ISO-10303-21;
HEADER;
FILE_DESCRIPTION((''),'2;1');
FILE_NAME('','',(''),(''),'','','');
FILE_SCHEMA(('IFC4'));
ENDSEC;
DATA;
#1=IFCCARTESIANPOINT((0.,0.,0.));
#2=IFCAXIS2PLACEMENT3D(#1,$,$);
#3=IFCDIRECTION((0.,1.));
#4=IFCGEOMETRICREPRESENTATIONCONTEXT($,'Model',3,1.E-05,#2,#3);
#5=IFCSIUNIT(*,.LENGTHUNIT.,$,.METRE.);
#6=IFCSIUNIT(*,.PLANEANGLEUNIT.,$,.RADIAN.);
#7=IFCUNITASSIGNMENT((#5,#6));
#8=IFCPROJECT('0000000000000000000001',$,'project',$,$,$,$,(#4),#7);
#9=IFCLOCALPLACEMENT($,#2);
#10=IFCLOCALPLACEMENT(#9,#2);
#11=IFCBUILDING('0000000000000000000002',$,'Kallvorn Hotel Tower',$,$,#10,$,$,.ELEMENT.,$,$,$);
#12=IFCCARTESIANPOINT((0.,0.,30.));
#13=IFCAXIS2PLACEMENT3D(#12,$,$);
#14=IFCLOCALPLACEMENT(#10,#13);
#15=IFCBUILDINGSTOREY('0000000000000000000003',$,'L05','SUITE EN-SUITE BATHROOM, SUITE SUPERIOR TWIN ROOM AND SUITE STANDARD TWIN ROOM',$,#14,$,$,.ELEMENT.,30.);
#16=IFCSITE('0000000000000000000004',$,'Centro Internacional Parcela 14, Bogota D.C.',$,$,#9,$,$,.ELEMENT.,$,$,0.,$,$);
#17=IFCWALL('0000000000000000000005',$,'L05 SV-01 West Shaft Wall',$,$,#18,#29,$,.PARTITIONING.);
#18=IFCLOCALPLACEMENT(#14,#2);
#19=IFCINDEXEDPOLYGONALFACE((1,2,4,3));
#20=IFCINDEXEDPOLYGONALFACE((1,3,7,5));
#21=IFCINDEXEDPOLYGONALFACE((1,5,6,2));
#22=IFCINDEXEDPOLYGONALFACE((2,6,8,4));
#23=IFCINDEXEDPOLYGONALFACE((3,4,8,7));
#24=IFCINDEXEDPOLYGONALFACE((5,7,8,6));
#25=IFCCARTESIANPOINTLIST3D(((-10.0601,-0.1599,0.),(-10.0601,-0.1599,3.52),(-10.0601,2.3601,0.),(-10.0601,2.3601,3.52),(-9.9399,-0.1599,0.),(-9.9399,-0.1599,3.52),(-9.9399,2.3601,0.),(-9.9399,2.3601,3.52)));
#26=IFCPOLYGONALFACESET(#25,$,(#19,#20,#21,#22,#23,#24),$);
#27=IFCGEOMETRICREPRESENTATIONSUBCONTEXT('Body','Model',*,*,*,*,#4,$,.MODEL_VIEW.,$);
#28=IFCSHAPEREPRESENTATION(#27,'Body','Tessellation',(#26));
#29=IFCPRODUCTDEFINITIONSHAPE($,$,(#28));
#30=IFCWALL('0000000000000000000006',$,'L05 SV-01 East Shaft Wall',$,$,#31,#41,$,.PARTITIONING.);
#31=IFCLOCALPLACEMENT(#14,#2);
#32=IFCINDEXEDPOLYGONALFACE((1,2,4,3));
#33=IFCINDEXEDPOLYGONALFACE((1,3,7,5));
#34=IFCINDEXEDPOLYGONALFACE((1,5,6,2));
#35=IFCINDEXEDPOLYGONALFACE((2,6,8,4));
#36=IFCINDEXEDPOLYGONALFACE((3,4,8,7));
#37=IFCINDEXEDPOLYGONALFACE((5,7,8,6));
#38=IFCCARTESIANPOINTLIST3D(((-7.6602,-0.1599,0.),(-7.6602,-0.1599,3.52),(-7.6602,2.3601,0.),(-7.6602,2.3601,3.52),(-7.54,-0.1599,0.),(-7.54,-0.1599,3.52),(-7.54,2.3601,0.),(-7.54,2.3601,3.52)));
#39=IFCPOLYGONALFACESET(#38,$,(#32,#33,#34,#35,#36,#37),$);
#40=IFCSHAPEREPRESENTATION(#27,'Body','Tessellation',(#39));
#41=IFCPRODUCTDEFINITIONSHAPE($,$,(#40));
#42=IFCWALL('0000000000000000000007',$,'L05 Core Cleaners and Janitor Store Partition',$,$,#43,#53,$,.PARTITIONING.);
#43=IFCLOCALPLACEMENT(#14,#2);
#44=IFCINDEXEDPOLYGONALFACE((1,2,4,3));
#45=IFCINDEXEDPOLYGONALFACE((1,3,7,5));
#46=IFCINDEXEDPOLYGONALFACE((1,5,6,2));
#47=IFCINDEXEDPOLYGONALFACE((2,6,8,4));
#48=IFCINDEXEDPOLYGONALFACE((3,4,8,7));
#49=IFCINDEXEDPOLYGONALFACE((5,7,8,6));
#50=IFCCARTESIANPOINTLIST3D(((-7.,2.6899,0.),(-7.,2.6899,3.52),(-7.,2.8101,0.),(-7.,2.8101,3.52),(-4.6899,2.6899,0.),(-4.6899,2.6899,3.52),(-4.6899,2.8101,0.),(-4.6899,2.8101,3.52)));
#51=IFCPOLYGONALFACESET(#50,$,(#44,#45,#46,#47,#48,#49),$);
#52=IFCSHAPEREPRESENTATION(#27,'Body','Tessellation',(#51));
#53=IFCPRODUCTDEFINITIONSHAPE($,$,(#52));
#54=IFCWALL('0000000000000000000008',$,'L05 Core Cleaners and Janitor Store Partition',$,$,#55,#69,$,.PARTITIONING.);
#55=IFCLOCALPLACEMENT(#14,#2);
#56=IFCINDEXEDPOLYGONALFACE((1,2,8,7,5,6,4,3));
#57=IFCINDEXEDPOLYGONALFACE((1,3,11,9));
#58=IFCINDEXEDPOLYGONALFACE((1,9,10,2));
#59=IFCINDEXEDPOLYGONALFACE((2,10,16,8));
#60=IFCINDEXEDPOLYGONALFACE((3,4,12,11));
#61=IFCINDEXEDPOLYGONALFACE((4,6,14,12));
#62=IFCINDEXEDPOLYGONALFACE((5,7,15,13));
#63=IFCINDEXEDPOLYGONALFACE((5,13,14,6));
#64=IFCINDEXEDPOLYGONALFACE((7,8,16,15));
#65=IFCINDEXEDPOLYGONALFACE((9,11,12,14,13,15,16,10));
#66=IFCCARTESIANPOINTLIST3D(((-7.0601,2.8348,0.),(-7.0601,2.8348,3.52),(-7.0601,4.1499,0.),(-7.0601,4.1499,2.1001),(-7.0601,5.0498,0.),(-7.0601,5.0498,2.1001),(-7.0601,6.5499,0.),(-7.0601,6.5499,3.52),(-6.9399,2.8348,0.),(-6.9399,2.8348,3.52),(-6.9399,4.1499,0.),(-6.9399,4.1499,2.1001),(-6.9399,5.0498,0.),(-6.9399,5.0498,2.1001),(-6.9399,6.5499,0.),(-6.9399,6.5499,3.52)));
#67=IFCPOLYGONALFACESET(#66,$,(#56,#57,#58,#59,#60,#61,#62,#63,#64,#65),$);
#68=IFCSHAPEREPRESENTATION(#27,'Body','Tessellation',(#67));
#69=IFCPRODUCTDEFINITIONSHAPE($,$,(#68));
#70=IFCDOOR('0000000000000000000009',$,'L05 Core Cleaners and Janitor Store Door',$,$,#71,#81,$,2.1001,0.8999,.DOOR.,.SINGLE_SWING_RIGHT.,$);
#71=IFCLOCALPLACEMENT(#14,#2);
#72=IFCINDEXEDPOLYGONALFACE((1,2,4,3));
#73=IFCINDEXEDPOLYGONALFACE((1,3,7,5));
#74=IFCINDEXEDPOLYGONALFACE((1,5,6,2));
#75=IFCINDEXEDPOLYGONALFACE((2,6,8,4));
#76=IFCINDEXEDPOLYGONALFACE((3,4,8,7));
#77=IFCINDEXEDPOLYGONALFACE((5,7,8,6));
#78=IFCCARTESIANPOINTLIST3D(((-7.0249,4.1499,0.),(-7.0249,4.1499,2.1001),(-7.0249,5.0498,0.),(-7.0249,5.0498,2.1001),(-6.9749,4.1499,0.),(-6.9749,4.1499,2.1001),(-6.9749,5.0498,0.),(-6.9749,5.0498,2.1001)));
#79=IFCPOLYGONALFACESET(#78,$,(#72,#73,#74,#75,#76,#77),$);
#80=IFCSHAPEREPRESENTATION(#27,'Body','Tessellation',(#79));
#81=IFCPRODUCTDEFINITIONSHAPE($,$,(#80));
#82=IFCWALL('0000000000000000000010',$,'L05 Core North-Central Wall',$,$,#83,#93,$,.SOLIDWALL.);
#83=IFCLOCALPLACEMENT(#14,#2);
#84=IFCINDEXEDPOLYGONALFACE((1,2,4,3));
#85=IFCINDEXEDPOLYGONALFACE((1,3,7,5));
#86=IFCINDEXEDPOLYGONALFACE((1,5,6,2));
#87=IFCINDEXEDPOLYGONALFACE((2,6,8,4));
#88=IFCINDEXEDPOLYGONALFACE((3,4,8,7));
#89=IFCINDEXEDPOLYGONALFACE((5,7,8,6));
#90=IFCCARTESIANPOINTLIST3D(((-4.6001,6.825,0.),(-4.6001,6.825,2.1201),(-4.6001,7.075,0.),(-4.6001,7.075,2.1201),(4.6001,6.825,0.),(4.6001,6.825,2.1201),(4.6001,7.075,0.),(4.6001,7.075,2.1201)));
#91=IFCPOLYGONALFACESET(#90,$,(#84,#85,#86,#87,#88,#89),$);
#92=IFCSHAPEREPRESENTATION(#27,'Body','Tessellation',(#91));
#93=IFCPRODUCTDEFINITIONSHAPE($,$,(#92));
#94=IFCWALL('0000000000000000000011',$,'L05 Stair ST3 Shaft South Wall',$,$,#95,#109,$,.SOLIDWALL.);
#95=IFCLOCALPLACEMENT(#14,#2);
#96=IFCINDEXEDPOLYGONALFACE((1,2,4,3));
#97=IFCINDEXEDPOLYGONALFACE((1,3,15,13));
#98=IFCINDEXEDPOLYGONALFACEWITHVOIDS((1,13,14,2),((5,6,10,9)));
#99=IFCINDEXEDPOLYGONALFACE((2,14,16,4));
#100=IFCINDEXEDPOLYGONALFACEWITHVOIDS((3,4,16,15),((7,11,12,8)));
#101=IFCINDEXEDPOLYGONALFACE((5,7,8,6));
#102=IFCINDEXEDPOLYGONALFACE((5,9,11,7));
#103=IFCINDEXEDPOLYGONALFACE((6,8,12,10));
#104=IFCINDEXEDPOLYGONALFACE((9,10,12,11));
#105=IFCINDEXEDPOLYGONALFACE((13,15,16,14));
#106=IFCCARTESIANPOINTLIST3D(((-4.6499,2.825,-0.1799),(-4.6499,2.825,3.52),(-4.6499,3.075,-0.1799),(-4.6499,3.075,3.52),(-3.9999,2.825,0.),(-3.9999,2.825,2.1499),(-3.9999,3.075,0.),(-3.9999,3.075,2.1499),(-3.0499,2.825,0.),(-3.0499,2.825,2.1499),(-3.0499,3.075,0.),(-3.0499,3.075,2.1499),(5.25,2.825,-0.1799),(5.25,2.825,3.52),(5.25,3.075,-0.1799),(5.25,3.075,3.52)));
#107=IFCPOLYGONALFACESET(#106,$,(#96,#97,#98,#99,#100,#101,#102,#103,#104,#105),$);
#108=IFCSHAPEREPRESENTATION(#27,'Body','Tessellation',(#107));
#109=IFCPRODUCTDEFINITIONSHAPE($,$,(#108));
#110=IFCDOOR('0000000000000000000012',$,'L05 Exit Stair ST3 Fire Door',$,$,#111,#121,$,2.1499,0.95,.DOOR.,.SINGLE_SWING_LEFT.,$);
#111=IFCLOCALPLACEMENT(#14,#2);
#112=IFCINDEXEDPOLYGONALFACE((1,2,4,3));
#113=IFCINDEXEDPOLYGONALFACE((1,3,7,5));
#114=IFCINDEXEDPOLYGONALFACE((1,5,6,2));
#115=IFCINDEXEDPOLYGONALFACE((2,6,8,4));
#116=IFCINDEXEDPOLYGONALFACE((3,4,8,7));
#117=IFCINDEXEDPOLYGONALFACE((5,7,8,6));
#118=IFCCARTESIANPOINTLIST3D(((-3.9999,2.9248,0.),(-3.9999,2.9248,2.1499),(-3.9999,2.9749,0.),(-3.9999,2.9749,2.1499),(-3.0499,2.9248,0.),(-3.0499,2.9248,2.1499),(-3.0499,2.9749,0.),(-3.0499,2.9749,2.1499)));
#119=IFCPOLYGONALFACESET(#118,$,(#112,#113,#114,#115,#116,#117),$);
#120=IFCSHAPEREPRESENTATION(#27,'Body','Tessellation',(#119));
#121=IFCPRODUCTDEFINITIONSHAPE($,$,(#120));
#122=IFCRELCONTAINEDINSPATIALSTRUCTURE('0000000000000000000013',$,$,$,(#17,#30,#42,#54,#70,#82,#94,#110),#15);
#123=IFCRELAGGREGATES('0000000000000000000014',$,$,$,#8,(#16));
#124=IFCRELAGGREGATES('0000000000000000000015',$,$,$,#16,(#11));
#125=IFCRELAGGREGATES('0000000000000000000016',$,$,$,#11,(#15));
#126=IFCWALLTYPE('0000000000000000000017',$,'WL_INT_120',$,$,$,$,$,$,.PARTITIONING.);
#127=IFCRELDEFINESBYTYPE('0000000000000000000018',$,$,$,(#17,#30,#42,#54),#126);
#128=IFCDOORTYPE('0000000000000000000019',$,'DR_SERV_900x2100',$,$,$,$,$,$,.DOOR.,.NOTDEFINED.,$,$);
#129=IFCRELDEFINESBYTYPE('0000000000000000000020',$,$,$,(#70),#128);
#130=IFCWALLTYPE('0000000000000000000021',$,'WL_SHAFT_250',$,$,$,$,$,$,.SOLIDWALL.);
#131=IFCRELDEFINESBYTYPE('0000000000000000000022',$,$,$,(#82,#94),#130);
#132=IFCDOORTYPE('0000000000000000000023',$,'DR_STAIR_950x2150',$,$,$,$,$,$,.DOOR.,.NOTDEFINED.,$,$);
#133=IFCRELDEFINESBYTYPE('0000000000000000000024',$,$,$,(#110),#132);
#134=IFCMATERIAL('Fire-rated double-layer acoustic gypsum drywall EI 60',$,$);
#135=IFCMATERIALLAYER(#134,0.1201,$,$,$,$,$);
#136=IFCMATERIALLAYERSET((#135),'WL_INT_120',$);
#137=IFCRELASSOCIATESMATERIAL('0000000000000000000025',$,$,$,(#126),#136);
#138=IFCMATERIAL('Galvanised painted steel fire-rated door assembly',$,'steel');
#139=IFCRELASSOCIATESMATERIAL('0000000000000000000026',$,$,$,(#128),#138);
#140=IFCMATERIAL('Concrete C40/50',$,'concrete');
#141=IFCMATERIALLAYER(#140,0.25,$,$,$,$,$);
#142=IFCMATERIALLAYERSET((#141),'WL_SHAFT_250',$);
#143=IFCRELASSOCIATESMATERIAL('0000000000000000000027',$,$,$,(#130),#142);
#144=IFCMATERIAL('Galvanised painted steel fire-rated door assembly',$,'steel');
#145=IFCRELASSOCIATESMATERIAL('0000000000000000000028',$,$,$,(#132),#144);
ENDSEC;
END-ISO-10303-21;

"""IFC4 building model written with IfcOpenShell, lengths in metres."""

from ifc_helpers import new_model, si_unit, direction, frame, frame_2d, origin, place, context, subcontext, project, spatial, rectangle, extrude, material, layer, layer_set, type_object, element, fill, save


model = new_model("IFC4")

# Units and contexts
model_context = context("Model", 3, precision=1e-05, world=origin(), true_north=direction((0.0, 1.0)))
body_context = subcontext(model_context, "Body", "Model", "MODEL_VIEW")
ifc_project = project(units=[si_unit("LENGTHUNIT", "METRE"), si_unit("PLANEANGLEUNIT", "RADIAN")], contexts=[model_context])

# Site, building, storey
site_placement = place(None, origin())
site = spatial("IfcSite", under=ifc_project, at=site_placement, Name="Centro Internacional Parcela 14, Bogota D.C.", CompositionType="ELEMENT", RefElevation=0.0)
building_placement = place(site_placement, origin())
building = spatial("IfcBuilding", under=site, at=building_placement, Name="Kallvorn Hotel Tower", CompositionType="ELEMENT")
storey_placement = place(building_placement, frame((0.0, 0.0, 30.0)))
storey = spatial("IfcBuildingStorey", under=building, at=storey_placement, Name="L05", Description="SUITE EN-SUITE BATHROOM, SUITE SUPERIOR TWIN ROOM AND SUITE STANDARD TWIN ROOM", CompositionType="ELEMENT", Elevation=30.0)

# Walls
ifc_material_1 = material(Name="Fire-rated double-layer acoustic gypsum drywall EI 60")
ifc_layer_1 = layer(ifc_material_1, 0.1201)
ifc_layer_set_1 = layer_set([ifc_layer_1], Name="WL_INT_120")
wall_type_1 = type_object("IfcWallType", Name="WL_INT_120", PredefinedType="PARTITIONING", material=ifc_layer_set_1)
for number, where, z_axis, x_axis, name in (
    (1, (-10.0, -0.1599, 0.0), (0.0, 0.0, 1.0), (0.0, 1.0, 0.0), "L05 SV-01 West Shaft Wall"),
    (2, (-7.6001, -0.1599, 0.0), (0.0, 0.0, 1.0), (0.0, 1.0, 0.0), "L05 SV-01 East Shaft Wall"),
):
    element("IfcWall", number, at=place(storey_placement, frame(where, z_axis=z_axis, x_axis=x_axis)), inside=storey, type_object=wall_type_1, Name=name, PredefinedType="PARTITIONING", context=body_context, shape_type="SweptSolid", body=[
        extrude(rectangle(XDim=2.52, YDim=0.1201, at=frame_2d((1.26, 0.0))), origin(), (0.0, 0.0, 1.0), 3.52),
    ])
wall_1_placement = place(storey_placement, frame((-7.0, 2.75, 0.0), z_axis=(0.0, 0.0, 1.0), x_axis=(1.0, 0.0, 0.0)))
element("IfcWall", 3, at=wall_1_placement, inside=storey, type_object=wall_type_1, Name="L05 Core Cleaners and Janitor Store Partition", PredefinedType="PARTITIONING", context=body_context, shape_type="SweptSolid", body=[
    extrude(rectangle(XDim=2.3101, YDim=0.1201, at=frame_2d((1.155, 0.0))), origin(), (0.0, 0.0, 1.0), 3.52),
])

# Wall, opening, door
wall_2_placement = place(storey_placement, frame((-7.0, 2.835, 0.0), z_axis=(0.0, 0.0, 1.0), x_axis=(0.0, 1.0, 0.0)))
wall_2 = element("IfcWall", 4, at=wall_2_placement, inside=storey, type_object=wall_type_1, Name="L05 Core Cleaners and Janitor Store Partition", PredefinedType="PARTITIONING", context=body_context, shape_type="SweptSolid", body=[
    extrude(rectangle(XDim=3.7151, YDim=0.1201, at=frame_2d((1.8574, 0.0))), origin(), (0.0, 0.0, 1.0), 3.52),
])
opening_1_placement = place(wall_2_placement, frame((1.3149, 0.0, 0.0)))
opening_1 = element("IfcOpeningElement", 5, at=opening_1_placement, cuts=wall_2, PredefinedType="OPENING", context=body_context, shape_type="SweptSolid", body=[
    extrude(rectangle(XDim=0.8999, YDim=2.1001, at=frame_2d((0.45, 1.05))), frame((0.0, 0.075, 0.0), z_axis=(0.0, -1.0, 0.0), x_axis=(1.0, 0.0, 0.0)), (0.0, 0.0, 1.0), 0.1501),
])
ifc_material_2 = material(Name="Galvanised painted steel fire-rated door assembly", Category="steel")
door_type_1 = type_object("IfcDoorType", Name="DR_SERV_900x2100", OperationType="NOTDEFINED", PredefinedType="DOOR", material=ifc_material_2)
door_1_placement = place(opening_1_placement, origin())
door_1 = element("IfcDoor", 6, at=door_1_placement, inside=storey, type_object=door_type_1, Name="L05 Core Cleaners and Janitor Store Door", OperationType="SINGLE_SWING_RIGHT", OverallHeight=2.1001, OverallWidth=0.8999, PredefinedType="DOOR", context=body_context, shape_type="SweptSolid", body=[
    extrude(rectangle(XDim=0.8999, YDim=2.1001, at=frame_2d((0.45, 1.05))), frame((0.0, 0.0249, 0.0), z_axis=(0.0, -1.0, 0.0), x_axis=(1.0, 0.0, 0.0)), (0.0, 0.0, 1.0), 0.05),
])
fill(opening_1, door_1)

# Wall
ifc_material_3 = material(Name="Concrete C40/50", Category="concrete")
ifc_layer_2 = layer(ifc_material_3, 0.25)
ifc_layer_set_2 = layer_set([ifc_layer_2], Name="WL_SHAFT_250")
wall_type_2 = type_object("IfcWallType", Name="WL_SHAFT_250", PredefinedType="SOLIDWALL", material=ifc_layer_set_2)
wall_3_placement = place(storey_placement, frame((-4.6001, 6.95, 0.0), z_axis=(0.0, 0.0, 1.0), x_axis=(1.0, 0.0, 0.0)))
element("IfcWall", 7, at=wall_3_placement, inside=storey, type_object=wall_type_2, Name="L05 Core North-Central Wall", PredefinedType="SOLIDWALL", context=body_context, shape_type="SweptSolid", body=[
    extrude(rectangle(XDim=9.2002, YDim=0.25, at=frame_2d((4.6001, 0.0))), origin(), (0.0, 0.0, 1.0), 2.1201),
])

# Wall, opening, door
wall_4_placement = place(storey_placement, frame((-4.6499, 2.95, -0.1799), z_axis=(0.0, 0.0, 1.0), x_axis=(1.0, 0.0, 0.0)))
wall_4 = element("IfcWall", 8, at=wall_4_placement, inside=storey, type_object=wall_type_2, Name="L05 Stair ST3 Shaft South Wall", PredefinedType="SOLIDWALL", context=body_context, shape_type="SweptSolid", body=[
    extrude(rectangle(XDim=9.8999, YDim=0.25, at=frame_2d((4.95, 0.0))), origin(), (0.0, 0.0, 1.0), 3.7),
])
opening_2_placement = place(wall_4_placement, frame((0.6499, 0.0, 0.1799)))
opening_2 = element("IfcOpeningElement", 9, at=opening_2_placement, cuts=wall_4, PredefinedType="OPENING", context=body_context, shape_type="SweptSolid", body=[
    extrude(rectangle(XDim=0.95, YDim=2.1499, at=frame_2d((0.4751, 1.075))), frame((0.0, 0.1399, 0.0), z_axis=(0.0, -1.0, 0.0), x_axis=(1.0, 0.0, 0.0)), (0.0, 0.0, 1.0), 0.28),
])
ifc_material_4 = material(Name="Galvanised painted steel fire-rated door assembly", Category="steel")
door_type_2 = type_object("IfcDoorType", Name="DR_STAIR_950x2150", OperationType="NOTDEFINED", PredefinedType="DOOR", material=ifc_material_4)
door_2_placement = place(opening_2_placement, origin())
door_2 = element("IfcDoor", 10, at=door_2_placement, inside=storey, type_object=door_type_2, Name="L05 Exit Stair ST3 Fire Door", OperationType="SINGLE_SWING_LEFT", OverallHeight=2.1499, OverallWidth=0.95, PredefinedType="DOOR", context=body_context, shape_type="SweptSolid", body=[
    extrude(rectangle(XDim=0.95, YDim=2.1499, at=frame_2d((0.4751, 1.075))), frame((0.0, 0.0249, 0.0), z_axis=(0.0, -1.0, 0.0), x_axis=(1.0, 0.0, 0.0)), (0.0, 0.0, 1.0), 0.05),
])
fill(opening_2, door_2)

save(model, "model.ifc")
